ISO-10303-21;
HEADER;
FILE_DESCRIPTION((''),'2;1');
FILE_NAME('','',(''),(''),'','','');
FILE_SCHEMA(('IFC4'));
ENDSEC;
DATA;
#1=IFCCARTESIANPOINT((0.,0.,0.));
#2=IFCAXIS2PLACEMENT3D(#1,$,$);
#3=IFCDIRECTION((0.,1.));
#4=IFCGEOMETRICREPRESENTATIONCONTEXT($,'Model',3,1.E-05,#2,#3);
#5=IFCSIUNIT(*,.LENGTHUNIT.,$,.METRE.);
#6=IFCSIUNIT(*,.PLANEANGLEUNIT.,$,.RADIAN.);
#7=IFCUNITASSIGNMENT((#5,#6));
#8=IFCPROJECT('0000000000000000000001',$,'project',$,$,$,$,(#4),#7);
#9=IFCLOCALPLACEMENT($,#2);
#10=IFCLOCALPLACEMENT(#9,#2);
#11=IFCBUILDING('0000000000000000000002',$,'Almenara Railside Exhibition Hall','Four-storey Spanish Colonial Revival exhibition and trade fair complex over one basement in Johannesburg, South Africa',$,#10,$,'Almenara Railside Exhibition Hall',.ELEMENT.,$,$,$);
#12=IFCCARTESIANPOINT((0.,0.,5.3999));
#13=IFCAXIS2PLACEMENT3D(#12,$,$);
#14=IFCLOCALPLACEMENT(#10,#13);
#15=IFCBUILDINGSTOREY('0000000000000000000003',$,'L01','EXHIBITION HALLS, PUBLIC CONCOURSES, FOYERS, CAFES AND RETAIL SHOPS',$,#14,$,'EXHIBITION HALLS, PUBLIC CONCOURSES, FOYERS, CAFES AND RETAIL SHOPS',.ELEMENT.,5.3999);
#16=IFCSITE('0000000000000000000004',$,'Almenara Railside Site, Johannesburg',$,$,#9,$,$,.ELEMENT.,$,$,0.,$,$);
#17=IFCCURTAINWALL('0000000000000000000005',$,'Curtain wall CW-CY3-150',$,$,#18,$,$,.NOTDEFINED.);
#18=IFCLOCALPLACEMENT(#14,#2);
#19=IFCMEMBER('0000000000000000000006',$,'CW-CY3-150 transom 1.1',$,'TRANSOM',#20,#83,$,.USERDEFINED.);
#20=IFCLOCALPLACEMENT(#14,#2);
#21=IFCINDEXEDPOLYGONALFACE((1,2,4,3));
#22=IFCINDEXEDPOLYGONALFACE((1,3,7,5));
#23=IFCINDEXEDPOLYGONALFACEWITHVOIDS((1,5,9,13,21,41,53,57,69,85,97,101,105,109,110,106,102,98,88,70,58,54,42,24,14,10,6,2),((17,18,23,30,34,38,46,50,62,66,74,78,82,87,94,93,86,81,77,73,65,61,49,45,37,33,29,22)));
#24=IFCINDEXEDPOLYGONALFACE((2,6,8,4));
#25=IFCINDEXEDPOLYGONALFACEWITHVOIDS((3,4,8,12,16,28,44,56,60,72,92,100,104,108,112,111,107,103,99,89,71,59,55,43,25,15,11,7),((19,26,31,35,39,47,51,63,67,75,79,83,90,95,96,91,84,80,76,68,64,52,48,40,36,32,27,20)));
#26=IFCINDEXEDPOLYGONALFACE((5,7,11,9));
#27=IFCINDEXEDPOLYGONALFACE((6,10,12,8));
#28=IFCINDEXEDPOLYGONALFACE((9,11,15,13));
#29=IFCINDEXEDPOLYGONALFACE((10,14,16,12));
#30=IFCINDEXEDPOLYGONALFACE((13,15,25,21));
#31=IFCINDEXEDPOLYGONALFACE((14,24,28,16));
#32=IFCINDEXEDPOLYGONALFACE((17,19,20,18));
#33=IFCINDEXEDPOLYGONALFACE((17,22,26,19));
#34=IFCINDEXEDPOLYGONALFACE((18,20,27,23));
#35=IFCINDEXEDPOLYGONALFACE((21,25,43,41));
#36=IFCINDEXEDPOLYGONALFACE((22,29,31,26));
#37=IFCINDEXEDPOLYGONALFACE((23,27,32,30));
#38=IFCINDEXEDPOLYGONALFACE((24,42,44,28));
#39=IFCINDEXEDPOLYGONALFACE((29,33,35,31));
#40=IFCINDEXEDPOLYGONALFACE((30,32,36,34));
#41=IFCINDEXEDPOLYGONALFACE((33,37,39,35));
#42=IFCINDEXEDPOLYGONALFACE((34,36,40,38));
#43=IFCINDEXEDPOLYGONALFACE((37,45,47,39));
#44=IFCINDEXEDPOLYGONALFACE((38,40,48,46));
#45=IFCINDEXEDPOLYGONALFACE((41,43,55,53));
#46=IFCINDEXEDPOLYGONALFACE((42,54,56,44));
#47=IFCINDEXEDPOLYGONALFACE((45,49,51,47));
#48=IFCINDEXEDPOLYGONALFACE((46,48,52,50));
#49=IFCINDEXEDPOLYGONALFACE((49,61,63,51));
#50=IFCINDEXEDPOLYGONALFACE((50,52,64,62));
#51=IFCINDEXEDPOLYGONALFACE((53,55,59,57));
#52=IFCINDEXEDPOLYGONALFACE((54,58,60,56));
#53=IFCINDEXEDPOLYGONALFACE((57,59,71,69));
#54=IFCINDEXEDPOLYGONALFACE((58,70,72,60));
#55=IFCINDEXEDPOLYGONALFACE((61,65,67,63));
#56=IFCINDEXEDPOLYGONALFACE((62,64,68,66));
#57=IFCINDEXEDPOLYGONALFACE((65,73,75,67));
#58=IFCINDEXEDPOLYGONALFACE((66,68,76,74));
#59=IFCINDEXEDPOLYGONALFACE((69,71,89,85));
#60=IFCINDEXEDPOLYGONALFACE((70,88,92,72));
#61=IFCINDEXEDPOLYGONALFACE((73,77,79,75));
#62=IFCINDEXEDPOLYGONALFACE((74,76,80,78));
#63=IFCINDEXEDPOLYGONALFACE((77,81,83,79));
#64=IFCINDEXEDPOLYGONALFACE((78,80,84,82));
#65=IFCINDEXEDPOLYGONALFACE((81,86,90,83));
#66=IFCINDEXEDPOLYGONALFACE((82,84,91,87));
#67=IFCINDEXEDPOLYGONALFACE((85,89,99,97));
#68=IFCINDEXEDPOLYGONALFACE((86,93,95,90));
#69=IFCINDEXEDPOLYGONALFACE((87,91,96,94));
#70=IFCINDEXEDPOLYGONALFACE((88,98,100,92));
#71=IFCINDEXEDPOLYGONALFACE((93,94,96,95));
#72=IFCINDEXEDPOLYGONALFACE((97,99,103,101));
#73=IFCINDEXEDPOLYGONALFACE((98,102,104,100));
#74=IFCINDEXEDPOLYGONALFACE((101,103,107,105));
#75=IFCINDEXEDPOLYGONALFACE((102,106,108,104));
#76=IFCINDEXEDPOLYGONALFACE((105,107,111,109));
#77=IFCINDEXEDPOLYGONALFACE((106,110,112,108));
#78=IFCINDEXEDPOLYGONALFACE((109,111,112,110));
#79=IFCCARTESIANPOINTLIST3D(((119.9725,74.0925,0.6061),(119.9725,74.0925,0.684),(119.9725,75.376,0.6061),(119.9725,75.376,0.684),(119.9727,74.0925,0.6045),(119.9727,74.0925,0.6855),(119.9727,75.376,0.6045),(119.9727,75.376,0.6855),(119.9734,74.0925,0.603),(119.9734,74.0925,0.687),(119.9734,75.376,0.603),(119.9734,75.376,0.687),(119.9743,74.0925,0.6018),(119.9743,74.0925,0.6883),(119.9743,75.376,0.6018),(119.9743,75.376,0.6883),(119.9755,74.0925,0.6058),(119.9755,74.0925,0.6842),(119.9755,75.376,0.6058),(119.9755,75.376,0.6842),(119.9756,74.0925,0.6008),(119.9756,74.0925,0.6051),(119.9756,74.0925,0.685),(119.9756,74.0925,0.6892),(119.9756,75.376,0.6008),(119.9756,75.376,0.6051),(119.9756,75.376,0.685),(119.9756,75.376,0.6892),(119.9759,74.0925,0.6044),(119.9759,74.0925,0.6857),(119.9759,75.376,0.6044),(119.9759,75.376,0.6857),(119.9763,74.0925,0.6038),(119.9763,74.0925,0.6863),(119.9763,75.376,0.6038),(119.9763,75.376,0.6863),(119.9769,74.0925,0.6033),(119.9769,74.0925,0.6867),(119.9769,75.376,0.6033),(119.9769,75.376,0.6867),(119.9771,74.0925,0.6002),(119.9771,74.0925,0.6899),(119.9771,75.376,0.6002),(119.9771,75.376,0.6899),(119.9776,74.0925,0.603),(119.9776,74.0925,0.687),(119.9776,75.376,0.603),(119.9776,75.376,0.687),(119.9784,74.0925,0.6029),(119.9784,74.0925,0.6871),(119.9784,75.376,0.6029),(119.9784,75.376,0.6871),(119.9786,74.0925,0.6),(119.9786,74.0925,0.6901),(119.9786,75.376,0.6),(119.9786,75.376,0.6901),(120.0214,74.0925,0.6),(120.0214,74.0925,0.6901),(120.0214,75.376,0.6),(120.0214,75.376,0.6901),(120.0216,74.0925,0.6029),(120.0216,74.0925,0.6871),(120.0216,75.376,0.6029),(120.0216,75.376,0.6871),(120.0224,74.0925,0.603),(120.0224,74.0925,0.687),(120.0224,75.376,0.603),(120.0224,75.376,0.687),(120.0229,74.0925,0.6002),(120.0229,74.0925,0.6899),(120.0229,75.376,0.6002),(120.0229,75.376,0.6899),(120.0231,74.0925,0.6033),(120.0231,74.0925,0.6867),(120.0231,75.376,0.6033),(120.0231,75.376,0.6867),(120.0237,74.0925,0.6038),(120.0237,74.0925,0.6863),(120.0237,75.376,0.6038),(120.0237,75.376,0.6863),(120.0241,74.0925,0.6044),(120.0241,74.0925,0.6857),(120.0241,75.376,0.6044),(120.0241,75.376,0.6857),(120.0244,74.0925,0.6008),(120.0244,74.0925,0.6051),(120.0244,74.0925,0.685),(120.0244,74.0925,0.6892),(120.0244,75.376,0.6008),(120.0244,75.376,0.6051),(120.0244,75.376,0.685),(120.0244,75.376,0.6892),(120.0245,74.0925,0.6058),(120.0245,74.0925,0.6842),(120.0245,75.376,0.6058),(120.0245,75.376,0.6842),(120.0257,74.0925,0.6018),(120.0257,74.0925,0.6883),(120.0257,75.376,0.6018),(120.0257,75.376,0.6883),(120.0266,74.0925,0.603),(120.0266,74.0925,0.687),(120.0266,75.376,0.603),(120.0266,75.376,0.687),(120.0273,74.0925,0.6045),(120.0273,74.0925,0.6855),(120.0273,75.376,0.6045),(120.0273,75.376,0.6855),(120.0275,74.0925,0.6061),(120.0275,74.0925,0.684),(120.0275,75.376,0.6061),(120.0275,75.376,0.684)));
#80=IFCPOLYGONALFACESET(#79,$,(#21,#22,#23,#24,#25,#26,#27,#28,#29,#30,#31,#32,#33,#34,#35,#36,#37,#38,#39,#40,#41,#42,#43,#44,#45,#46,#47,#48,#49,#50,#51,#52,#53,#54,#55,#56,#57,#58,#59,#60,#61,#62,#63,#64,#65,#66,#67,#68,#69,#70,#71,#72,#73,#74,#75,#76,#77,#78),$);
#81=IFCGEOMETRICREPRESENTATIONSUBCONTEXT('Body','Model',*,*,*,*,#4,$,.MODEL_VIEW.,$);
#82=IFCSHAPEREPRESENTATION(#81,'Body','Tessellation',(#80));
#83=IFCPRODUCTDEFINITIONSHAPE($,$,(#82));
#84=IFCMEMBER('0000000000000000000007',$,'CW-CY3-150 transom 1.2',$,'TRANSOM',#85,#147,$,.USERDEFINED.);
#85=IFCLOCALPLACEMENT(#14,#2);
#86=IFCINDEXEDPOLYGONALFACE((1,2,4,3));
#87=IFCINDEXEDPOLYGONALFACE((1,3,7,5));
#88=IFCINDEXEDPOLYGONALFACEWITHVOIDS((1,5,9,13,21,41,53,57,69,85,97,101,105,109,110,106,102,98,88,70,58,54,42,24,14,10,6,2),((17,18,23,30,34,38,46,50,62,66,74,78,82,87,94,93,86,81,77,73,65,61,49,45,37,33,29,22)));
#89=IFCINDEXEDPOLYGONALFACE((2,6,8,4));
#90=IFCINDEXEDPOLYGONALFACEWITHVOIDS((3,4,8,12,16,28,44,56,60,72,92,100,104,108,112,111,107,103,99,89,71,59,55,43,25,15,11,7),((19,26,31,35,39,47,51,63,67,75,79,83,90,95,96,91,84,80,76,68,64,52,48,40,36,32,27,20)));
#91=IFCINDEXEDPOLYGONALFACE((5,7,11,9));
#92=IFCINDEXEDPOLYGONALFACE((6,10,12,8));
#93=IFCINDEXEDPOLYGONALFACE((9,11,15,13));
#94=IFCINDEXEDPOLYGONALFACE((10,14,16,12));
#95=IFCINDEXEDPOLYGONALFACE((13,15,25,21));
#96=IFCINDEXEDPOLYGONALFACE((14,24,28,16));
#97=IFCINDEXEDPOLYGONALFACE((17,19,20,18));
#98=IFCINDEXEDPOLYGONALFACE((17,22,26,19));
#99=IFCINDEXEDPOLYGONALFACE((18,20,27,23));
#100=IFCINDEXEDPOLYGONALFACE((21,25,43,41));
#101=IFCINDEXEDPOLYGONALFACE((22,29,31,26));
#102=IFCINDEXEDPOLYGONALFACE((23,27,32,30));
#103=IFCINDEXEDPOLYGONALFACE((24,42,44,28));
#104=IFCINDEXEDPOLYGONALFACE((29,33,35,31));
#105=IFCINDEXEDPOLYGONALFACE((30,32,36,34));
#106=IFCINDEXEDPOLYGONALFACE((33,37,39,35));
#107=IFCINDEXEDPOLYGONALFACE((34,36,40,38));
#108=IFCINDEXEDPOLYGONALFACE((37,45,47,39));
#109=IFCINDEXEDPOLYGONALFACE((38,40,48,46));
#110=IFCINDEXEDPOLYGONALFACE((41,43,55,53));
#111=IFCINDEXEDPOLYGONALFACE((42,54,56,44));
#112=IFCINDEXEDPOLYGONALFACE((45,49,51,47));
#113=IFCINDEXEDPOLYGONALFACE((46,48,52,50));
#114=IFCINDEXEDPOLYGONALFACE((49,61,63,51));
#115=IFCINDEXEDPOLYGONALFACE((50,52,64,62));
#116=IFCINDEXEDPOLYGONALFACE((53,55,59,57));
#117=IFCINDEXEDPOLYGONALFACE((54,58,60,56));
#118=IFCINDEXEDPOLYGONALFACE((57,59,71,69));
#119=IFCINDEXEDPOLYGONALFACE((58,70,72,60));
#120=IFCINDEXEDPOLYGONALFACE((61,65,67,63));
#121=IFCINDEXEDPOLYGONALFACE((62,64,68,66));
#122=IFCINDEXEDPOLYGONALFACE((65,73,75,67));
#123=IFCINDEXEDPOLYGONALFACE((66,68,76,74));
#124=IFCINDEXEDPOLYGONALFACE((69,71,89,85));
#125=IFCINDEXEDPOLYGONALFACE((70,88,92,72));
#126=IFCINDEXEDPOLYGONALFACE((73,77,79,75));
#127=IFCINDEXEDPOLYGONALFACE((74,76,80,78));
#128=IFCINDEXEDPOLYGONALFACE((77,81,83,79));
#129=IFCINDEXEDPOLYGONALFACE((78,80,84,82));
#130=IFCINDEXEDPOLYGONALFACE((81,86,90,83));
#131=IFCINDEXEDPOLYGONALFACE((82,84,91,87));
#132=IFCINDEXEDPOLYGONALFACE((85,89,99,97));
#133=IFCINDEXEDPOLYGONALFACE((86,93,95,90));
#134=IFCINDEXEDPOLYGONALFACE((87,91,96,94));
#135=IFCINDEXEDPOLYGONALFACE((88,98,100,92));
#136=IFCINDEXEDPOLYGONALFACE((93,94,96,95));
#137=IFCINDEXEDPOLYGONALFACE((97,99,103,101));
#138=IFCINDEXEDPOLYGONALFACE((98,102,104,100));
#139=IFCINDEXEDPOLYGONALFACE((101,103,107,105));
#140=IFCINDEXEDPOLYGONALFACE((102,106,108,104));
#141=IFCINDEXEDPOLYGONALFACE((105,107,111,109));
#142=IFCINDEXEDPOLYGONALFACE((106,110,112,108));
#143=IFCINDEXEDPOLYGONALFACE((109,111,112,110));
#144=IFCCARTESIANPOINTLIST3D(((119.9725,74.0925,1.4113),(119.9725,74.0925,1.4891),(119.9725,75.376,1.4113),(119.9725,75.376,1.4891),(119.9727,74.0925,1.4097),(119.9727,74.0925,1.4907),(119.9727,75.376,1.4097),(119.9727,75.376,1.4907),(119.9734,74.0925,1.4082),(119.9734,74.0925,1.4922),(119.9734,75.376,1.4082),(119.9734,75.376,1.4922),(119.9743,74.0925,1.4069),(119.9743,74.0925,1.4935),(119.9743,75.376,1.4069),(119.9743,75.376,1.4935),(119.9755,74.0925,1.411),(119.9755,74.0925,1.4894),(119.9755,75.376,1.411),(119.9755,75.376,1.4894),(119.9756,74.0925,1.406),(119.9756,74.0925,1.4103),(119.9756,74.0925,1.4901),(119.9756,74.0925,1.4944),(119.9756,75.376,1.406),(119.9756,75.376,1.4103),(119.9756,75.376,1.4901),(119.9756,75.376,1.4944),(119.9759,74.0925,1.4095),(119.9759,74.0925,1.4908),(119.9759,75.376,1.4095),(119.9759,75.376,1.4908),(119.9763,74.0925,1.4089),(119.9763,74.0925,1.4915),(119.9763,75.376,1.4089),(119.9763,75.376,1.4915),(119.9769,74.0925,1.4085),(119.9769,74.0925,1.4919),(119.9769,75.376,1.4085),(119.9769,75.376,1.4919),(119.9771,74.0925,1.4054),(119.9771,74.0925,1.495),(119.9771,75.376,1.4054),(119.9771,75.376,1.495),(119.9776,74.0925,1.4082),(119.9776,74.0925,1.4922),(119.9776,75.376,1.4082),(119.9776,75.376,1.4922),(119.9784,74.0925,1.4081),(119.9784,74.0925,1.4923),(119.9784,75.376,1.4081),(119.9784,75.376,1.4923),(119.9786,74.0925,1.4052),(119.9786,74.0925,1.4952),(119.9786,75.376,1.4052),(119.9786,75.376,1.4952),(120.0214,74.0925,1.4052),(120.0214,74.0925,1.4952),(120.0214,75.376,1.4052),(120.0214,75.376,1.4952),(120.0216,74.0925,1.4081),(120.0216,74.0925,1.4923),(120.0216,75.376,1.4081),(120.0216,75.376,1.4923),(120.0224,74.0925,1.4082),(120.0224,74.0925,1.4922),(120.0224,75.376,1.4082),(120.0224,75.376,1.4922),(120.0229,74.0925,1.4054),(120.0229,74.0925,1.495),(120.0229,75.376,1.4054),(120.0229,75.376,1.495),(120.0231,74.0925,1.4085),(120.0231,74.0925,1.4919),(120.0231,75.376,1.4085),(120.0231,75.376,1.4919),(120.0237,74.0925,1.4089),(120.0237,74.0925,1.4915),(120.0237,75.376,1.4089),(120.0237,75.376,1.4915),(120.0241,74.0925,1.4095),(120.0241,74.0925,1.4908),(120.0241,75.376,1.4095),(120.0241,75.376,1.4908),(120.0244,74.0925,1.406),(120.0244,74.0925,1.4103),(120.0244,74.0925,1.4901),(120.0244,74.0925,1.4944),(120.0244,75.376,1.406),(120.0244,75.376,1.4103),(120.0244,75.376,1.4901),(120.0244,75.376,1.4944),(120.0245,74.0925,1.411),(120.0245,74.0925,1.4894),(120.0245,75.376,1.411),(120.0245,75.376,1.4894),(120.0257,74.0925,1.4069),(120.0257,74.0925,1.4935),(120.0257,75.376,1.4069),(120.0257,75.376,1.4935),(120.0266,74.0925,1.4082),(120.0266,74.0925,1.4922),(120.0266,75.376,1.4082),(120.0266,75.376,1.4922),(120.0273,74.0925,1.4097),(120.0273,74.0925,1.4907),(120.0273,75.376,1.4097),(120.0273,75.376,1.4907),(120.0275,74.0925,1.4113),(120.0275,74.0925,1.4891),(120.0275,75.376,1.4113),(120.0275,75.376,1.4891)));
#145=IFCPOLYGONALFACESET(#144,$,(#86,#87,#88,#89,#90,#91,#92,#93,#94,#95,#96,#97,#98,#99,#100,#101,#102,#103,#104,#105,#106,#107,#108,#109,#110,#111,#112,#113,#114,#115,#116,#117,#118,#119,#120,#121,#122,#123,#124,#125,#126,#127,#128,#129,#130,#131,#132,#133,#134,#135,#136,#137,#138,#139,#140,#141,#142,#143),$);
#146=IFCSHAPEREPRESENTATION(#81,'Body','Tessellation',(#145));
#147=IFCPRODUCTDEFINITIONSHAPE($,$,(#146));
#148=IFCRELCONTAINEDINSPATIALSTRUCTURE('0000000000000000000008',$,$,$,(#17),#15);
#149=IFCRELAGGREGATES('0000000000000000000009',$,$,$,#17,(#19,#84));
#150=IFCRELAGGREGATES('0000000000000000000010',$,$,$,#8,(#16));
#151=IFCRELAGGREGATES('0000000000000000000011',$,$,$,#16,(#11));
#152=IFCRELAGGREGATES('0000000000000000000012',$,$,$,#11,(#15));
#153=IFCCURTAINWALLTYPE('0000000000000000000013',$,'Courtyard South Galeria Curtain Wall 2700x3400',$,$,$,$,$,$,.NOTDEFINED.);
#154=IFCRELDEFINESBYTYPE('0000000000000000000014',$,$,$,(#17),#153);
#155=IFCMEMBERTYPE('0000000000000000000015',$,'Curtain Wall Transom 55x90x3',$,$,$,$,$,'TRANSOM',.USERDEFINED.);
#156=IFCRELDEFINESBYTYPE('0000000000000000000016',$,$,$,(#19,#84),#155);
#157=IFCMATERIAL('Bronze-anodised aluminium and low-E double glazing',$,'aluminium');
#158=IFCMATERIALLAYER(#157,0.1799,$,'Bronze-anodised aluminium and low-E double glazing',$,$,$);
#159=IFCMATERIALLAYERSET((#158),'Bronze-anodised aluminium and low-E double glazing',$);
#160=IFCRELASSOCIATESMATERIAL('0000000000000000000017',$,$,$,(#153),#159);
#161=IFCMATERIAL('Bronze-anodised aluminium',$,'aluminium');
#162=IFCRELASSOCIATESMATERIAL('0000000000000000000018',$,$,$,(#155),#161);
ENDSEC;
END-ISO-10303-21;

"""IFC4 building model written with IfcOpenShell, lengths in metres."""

from ifc_helpers import new_model, si_unit, direction, frame, origin, origin_2d, place, context, subcontext, project, spatial, hollow_rectangle, extrude, material, layer, layer_set, material_profile, profile_set, type_object, element, aggregate, save


model = new_model("IFC4")

# Units and contexts
model_context = context("Model", 3, precision=1e-05, world=origin(), true_north=direction((0.0, 1.0)))
body_context = subcontext(model_context, "Body", "Model", "MODEL_VIEW")
ifc_project = project(units=[si_unit("LENGTHUNIT", "METRE"), si_unit("PLANEANGLEUNIT", "RADIAN")], contexts=[model_context])

# Site, building, storey
site_placement = place(None, origin())
site = spatial("IfcSite", under=ifc_project, at=site_placement, Name="Almenara Railside Site, Johannesburg", CompositionType="ELEMENT", RefElevation=0.0)
building_placement = place(site_placement, origin())
building = spatial("IfcBuilding", under=site, at=building_placement, Name="Almenara Railside Exhibition Hall", Description="Four-storey Spanish Colonial Revival exhibition and trade fair complex over one basement in Johannesburg, South Africa", LongName="Almenara Railside Exhibition Hall", CompositionType="ELEMENT")
storey_placement = place(building_placement, frame((0.0, 0.0, 5.3999)))
storey = spatial("IfcBuildingStorey", under=building, at=storey_placement, Name="L01", Description="EXHIBITION HALLS, PUBLIC CONCOURSES, FOYERS, CAFES AND RETAIL SHOPS", LongName="EXHIBITION HALLS, PUBLIC CONCOURSES, FOYERS, CAFES AND RETAIL SHOPS", CompositionType="ELEMENT", Elevation=5.3999)

# Curtain wall
ifc_material_1 = material(Name="Bronze-anodised aluminium and low-E double glazing", Category="aluminium")
ifc_layer_1 = layer(ifc_material_1, 0.1799, Name="Bronze-anodised aluminium and low-E double glazing")
ifc_layer_set_1 = layer_set([ifc_layer_1], Name="Bronze-anodised aluminium and low-E double glazing")
curtain_wall_type = type_object("IfcCurtainWallType", Name="Courtyard South Galeria Curtain Wall 2700x3400", PredefinedType="NOTDEFINED", material=ifc_layer_set_1)
curtain_wall_1_placement = place(storey_placement, origin())
curtain_wall_1 = element("IfcCurtainWall", 1, at=curtain_wall_1_placement, inside=storey, type_object=curtain_wall_type, Name="Curtain wall CW-CY3-150", PredefinedType="NOTDEFINED")
ifc_material_2 = material(Name="Bronze-anodised aluminium", Category="aluminium")

# Members
ifc_material_profile_1 = material_profile(ifc_material_2, hollow_rectangle(XDim=0.0549, YDim=0.0901, WallThickness=0.0029, InnerFilletRadius=0.0029, OuterFilletRadius=0.0061, at=origin_2d()), Name="ALU-TRN 55x90x3")
ifc_profile_set_1 = profile_set([ifc_material_profile_1], Name="Bronze-anodised aluminium")
member_type_1 = type_object("IfcMemberType", Name="Curtain Wall Transom 55x90x3", ElementType="TRANSOM", PredefinedType="USERDEFINED", material=ifc_profile_set_1)
member_1_placement = place(storey_placement, frame((120.0, 74.0925, 0.645), z_axis=(0.0, 1.0, 0.0), x_axis=(-1.0, 0.0, 0.0)))
member_1 = element("IfcMember", 2, at=member_1_placement, type_object=member_type_1, Name="CW-CY3-150 transom 1.1", ObjectType="TRANSOM", PredefinedType="USERDEFINED", context=body_context, shape_type="SweptSolid", body=[
    extrude(hollow_rectangle(XDim=0.0549, YDim=0.0901, WallThickness=0.0029, InnerFilletRadius=0.0029, OuterFilletRadius=0.0061, at=origin_2d()), origin(), (0.0, 0.0, 1.0), 1.2834),
])
member_2_placement = place(storey_placement, frame((120.0, 74.0925, 1.4502), z_axis=(0.0, 1.0, 0.0), x_axis=(-1.0, 0.0, 0.0)))
member_2 = element("IfcMember", 3, at=member_2_placement, type_object=member_type_1, Name="CW-CY3-150 transom 1.2", ObjectType="TRANSOM", PredefinedType="USERDEFINED", context=body_context, shape_type="SweptSolid", body=[
    extrude(hollow_rectangle(XDim=0.0549, YDim=0.0901, WallThickness=0.0029, InnerFilletRadius=0.0029, OuterFilletRadius=0.0061, at=origin_2d()), origin(), (0.0, 0.0, 1.0), 1.2834),
])

aggregate(curtain_wall_1, [member_1, member_2])

save(model, "model.ifc")
